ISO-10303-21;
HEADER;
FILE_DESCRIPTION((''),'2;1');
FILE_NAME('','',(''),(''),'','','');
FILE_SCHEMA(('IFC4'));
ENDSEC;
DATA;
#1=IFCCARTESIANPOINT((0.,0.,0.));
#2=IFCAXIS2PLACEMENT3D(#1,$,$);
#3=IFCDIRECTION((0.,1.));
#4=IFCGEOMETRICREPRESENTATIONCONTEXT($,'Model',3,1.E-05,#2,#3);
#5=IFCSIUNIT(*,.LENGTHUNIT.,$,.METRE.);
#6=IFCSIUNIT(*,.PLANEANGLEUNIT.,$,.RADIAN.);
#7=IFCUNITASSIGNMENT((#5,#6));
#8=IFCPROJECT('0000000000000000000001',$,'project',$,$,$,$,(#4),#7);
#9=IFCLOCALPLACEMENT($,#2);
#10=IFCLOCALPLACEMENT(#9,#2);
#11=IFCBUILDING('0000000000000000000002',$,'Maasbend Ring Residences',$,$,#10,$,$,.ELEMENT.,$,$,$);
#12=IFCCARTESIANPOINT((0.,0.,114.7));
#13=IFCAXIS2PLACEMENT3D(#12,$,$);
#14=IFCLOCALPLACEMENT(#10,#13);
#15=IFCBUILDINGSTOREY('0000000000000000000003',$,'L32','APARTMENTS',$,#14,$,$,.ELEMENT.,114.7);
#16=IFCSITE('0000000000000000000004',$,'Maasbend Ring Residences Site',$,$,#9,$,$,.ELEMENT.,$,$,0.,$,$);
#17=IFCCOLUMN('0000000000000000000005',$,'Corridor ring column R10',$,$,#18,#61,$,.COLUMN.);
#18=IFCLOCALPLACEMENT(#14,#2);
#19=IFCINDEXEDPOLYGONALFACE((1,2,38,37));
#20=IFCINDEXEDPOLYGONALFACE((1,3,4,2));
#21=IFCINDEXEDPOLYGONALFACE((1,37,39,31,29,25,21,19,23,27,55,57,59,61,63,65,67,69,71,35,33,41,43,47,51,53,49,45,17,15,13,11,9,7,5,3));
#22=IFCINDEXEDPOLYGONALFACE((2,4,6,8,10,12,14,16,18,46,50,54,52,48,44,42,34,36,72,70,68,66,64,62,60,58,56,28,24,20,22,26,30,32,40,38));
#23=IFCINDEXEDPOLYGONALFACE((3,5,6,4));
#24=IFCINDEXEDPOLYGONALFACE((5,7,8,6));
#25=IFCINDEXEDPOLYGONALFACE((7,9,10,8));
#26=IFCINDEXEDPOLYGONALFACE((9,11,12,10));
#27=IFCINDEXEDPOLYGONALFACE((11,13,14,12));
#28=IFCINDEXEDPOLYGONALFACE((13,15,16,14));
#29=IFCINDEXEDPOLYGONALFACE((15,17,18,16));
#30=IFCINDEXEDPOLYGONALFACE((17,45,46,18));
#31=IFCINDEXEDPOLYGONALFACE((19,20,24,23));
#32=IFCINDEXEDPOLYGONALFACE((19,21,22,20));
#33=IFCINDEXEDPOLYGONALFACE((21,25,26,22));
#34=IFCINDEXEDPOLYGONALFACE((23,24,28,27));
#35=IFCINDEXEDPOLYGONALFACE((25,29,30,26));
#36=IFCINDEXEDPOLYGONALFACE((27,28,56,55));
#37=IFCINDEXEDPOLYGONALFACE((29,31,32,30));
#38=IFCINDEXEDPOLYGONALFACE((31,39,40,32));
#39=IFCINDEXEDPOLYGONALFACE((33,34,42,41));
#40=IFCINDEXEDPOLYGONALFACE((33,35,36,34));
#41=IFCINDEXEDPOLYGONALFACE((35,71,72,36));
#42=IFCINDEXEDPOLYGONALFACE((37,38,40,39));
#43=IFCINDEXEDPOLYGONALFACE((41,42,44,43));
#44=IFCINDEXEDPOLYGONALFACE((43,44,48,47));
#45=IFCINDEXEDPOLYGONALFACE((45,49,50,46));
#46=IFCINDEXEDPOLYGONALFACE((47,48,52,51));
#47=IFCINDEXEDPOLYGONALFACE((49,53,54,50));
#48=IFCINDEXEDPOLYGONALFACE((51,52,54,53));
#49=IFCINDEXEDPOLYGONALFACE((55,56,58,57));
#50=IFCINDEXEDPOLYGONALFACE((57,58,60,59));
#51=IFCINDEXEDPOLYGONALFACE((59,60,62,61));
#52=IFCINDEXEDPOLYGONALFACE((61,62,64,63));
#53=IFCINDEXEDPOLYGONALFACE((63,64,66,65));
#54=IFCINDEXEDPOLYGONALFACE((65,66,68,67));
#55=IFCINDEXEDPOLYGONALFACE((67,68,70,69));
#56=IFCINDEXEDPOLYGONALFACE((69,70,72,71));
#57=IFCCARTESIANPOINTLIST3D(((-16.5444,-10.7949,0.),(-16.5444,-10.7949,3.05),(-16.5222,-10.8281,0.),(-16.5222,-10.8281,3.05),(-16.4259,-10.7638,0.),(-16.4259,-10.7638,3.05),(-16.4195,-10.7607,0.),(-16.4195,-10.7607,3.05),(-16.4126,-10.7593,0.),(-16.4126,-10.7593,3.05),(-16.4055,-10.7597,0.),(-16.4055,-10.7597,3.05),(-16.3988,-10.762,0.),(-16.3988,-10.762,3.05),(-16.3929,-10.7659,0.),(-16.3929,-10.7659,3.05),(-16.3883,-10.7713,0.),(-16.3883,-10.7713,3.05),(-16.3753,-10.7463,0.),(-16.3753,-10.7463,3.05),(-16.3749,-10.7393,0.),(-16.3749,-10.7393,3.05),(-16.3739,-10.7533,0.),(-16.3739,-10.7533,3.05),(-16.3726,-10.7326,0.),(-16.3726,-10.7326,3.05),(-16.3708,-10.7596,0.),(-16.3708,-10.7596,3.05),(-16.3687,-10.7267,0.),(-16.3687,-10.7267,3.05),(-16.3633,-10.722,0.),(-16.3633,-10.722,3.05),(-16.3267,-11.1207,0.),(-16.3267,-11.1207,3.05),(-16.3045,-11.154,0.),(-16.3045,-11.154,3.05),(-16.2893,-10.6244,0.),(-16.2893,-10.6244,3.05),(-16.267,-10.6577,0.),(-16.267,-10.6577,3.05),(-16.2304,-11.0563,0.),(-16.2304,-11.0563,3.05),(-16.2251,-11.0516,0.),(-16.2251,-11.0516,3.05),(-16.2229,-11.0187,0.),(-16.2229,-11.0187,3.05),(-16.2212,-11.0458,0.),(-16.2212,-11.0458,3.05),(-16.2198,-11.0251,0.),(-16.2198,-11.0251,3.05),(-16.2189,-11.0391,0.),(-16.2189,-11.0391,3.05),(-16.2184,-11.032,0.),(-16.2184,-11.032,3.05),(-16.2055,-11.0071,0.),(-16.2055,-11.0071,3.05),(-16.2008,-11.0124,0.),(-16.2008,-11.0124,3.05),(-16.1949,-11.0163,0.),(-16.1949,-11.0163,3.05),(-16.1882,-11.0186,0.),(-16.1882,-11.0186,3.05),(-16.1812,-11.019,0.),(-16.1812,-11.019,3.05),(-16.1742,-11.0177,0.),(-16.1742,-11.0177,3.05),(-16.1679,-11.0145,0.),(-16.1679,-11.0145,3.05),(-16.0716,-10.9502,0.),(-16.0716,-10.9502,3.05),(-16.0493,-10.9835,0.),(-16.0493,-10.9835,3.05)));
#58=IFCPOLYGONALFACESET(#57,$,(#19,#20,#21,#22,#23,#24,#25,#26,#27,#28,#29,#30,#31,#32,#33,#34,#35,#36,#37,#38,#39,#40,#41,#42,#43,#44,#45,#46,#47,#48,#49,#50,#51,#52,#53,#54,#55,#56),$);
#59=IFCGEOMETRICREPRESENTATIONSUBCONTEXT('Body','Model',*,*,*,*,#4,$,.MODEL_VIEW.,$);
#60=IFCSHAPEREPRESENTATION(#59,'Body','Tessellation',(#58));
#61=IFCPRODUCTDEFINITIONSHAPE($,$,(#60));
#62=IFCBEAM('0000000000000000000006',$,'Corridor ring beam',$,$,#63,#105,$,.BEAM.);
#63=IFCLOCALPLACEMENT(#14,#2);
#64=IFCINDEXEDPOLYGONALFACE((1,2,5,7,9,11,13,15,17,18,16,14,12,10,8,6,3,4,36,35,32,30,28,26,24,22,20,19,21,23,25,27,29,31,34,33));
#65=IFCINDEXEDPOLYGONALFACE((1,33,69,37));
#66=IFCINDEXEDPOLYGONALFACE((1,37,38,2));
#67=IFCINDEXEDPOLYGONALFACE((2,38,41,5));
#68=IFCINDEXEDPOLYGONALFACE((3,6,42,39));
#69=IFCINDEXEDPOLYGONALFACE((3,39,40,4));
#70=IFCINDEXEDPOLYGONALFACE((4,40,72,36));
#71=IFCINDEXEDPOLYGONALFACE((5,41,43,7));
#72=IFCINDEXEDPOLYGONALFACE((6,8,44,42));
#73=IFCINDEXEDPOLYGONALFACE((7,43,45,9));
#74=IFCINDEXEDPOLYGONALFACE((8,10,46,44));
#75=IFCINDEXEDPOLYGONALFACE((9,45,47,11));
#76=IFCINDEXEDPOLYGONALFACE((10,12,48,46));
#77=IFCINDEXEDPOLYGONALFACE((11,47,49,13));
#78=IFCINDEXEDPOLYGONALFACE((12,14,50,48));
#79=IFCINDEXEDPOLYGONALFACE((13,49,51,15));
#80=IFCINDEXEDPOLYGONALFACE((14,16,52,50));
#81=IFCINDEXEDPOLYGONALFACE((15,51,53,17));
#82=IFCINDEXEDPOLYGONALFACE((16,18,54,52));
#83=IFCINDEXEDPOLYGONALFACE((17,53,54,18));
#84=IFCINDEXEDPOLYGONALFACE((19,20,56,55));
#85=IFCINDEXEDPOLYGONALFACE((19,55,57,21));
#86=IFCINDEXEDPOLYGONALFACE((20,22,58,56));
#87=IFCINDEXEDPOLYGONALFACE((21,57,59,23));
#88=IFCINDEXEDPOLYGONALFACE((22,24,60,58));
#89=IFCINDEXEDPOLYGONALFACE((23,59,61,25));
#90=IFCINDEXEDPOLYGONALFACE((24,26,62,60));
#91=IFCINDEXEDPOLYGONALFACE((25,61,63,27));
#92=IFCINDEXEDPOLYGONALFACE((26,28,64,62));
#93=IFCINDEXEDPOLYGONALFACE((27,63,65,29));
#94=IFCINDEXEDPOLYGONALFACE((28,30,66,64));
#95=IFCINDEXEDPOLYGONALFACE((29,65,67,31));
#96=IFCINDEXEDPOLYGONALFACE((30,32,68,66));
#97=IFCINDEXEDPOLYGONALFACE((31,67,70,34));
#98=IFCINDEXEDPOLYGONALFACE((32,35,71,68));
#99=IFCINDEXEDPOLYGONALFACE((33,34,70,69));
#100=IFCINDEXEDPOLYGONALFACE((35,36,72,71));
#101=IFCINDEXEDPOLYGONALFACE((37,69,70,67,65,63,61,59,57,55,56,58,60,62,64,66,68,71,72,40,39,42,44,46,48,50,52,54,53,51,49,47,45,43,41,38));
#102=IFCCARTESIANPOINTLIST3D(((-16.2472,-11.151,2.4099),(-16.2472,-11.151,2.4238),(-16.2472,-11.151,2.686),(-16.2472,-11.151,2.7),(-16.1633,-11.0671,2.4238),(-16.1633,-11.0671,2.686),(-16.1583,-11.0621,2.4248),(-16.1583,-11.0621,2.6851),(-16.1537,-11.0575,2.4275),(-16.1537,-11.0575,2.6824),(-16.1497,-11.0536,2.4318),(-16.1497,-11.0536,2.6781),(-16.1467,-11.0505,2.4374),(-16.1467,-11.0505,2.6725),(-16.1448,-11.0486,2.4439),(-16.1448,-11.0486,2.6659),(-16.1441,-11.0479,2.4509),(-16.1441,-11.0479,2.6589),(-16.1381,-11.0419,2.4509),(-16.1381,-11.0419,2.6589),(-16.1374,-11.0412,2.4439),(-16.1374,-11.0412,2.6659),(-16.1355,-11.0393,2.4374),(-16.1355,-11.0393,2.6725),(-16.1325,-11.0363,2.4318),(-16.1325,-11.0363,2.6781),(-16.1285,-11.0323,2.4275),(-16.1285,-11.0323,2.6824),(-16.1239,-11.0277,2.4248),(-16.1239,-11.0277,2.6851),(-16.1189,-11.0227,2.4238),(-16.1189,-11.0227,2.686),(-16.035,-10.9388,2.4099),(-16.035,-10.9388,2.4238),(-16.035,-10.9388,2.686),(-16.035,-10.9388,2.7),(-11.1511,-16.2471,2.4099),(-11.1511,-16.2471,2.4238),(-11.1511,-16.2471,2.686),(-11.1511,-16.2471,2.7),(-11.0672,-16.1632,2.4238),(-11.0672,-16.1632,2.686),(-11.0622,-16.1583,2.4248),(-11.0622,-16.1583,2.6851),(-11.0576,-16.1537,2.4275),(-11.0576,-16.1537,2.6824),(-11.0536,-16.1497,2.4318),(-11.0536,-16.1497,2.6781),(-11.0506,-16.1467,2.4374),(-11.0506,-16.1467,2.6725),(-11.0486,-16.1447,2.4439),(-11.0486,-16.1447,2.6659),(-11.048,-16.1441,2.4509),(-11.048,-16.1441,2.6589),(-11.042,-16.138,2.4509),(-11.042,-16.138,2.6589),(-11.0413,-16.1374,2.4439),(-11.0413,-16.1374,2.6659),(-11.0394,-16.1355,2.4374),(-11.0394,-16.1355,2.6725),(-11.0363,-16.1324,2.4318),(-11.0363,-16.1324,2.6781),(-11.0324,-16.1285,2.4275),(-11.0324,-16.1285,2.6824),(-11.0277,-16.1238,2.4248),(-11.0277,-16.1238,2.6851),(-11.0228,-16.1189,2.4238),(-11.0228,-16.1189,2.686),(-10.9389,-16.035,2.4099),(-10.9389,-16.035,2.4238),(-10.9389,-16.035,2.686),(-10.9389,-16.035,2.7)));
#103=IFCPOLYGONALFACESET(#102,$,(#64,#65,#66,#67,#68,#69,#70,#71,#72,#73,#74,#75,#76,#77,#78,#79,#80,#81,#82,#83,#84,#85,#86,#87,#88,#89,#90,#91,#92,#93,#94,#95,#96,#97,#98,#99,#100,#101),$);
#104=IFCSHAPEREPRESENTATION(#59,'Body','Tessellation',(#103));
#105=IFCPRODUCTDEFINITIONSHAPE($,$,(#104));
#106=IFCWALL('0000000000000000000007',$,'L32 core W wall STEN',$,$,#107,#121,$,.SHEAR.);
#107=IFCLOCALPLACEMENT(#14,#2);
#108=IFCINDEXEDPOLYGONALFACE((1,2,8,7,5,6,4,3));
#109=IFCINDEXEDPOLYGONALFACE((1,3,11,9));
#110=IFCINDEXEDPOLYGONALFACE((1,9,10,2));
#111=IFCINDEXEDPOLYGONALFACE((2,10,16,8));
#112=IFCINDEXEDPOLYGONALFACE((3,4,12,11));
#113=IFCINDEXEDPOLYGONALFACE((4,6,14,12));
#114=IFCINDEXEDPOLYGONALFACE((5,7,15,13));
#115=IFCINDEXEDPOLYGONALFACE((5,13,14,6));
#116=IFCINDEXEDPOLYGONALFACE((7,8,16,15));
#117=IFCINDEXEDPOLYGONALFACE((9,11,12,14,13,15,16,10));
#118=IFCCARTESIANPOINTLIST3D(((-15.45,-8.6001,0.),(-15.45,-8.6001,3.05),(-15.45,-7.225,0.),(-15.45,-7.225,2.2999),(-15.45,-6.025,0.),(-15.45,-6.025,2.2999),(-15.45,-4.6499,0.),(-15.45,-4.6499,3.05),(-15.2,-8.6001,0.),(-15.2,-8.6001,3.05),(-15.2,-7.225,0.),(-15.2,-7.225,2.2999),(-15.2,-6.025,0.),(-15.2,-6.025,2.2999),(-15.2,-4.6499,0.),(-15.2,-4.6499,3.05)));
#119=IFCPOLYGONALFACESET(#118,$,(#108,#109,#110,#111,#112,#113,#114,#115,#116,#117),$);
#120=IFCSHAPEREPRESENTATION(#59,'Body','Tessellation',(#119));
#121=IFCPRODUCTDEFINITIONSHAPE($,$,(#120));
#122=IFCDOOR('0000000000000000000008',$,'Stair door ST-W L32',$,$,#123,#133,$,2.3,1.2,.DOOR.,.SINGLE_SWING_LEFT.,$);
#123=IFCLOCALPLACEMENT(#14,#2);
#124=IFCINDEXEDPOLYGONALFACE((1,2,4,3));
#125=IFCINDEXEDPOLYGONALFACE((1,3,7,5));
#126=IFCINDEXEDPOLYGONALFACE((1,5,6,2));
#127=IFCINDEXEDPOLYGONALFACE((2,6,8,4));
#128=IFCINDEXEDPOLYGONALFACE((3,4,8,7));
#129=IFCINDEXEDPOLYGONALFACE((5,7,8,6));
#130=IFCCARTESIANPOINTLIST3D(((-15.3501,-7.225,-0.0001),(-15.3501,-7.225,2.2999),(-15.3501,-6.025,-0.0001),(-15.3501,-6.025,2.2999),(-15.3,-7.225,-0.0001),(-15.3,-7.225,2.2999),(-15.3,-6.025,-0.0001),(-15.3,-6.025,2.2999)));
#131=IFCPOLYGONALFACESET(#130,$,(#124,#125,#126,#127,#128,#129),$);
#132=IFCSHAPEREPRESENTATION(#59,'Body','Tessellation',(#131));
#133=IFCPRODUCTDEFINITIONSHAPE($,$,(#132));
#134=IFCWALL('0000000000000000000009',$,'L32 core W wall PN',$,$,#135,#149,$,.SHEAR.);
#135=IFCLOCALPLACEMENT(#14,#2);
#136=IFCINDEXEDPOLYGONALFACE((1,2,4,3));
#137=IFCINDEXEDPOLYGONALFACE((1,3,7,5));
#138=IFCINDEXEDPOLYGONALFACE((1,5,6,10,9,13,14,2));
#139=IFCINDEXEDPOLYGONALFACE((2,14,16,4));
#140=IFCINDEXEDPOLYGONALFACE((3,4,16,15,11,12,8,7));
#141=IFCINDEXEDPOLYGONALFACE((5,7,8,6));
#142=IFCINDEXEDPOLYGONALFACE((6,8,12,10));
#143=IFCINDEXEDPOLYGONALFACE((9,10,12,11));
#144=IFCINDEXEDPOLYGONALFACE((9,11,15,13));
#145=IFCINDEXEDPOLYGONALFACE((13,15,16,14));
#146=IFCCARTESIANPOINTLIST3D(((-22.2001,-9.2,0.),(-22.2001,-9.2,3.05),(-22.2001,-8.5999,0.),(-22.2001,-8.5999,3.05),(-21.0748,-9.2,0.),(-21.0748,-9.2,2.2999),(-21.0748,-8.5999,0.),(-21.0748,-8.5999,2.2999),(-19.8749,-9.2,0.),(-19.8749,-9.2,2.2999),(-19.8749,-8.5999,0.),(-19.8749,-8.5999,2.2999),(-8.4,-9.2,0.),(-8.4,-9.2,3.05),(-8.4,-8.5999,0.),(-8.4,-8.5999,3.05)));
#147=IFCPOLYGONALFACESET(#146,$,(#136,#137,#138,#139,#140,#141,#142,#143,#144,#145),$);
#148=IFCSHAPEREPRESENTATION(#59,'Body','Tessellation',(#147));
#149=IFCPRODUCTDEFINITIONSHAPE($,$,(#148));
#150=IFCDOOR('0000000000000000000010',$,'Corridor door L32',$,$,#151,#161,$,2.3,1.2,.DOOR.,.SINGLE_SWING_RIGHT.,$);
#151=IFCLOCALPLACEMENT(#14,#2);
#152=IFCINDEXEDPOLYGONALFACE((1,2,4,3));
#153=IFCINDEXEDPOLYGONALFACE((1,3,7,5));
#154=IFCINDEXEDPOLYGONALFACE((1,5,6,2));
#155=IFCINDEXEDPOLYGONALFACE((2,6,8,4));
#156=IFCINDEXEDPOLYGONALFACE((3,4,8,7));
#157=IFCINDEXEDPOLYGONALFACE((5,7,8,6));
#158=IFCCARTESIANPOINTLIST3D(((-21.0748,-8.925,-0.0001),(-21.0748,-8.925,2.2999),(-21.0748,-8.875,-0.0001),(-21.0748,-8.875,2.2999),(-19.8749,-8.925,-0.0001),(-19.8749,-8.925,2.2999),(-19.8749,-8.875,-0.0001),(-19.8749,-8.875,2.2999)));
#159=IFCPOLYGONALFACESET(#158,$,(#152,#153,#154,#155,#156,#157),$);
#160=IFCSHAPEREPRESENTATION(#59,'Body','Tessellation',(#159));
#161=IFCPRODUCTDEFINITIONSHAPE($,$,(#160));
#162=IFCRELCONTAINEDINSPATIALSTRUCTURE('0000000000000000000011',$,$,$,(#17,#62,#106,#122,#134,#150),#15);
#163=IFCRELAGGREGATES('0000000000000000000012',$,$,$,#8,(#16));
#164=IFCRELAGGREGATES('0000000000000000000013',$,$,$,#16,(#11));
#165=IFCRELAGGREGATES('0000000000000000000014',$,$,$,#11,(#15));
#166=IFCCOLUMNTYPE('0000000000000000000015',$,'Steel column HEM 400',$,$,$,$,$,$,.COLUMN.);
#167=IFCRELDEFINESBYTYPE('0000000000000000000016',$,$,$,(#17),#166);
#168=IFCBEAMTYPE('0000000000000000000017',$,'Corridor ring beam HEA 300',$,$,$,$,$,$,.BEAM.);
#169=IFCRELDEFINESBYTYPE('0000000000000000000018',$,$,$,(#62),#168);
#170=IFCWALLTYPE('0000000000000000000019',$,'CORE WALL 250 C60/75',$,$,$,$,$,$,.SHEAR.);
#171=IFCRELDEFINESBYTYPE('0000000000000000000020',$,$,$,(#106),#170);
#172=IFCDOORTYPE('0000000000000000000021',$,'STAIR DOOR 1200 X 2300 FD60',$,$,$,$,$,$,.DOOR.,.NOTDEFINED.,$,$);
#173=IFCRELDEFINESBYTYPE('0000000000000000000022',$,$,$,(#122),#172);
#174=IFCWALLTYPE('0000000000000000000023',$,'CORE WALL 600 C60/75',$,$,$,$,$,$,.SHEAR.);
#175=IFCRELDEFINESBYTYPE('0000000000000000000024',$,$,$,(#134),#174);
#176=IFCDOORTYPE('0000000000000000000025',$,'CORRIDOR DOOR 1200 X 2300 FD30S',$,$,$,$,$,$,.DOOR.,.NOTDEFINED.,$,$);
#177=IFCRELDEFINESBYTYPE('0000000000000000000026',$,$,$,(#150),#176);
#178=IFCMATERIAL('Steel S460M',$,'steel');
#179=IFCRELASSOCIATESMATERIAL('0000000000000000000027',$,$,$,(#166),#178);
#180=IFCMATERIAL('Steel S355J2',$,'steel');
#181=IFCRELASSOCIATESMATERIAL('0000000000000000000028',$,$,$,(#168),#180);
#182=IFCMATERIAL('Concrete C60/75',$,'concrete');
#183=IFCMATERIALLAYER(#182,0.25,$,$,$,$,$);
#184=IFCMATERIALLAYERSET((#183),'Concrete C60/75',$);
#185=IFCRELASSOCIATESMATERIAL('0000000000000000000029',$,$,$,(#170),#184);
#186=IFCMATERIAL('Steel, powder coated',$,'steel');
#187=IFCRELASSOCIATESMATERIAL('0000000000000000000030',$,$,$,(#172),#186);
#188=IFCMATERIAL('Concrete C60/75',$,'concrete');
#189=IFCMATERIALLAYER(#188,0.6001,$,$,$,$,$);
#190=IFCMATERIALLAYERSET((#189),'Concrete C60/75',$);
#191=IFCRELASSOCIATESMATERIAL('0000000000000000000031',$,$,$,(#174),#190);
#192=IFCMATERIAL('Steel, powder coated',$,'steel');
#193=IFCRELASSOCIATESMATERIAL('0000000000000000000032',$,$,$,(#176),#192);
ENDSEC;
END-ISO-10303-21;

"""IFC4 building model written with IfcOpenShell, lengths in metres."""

from ifc_helpers import new_model, si_unit, direction, frame, frame_2d, origin, origin_2d, place, context, subcontext, project, spatial, rectangle, i_section, extrude, material, layer, layer_set, material_profile, profile_set, type_object, element, fill, save


model = new_model("IFC4")

# Units and contexts
model_context = context("Model", 3, precision=1e-05, world=origin(), true_north=direction((0.0, 1.0)))
body_context = subcontext(model_context, "Body", "Model", "MODEL_VIEW")
ifc_project = project(units=[si_unit("LENGTHUNIT", "METRE"), si_unit("PLANEANGLEUNIT", "RADIAN")], contexts=[model_context])

# Site, building, storey
site_placement = place(None, origin())
site = spatial("IfcSite", under=ifc_project, at=site_placement, Name="Maasbend Ring Residences Site", CompositionType="ELEMENT", RefElevation=0.0)
building_placement = place(site_placement, origin())
building = spatial("IfcBuilding", under=site, at=building_placement, Name="Maasbend Ring Residences", CompositionType="ELEMENT")
storey_placement = place(building_placement, frame((0.0, 0.0, 114.7)))
storey = spatial("IfcBuildingStorey", under=building, at=storey_placement, Name="L32", Description="APARTMENTS", CompositionType="ELEMENT", Elevation=114.7)

# Column
ifc_material_1 = material(Name="Steel S460M", Category="steel")
ifc_material_profile_1 = material_profile(ifc_material_1, i_section(OverallWidth=0.3069, OverallDepth=0.4319, WebThickness=0.021, FlangeThickness=0.04, FilletRadius=0.0271, at=origin_2d()), Name="HEM 400")
ifc_profile_set_1 = profile_set([ifc_material_profile_1], Name="Steel S460M")
column_type = type_object("IfcColumnType", Name="Steel column HEM 400", PredefinedType="COLUMN", material=ifc_profile_set_1)
column_placement = place(storey_placement, frame((-16.2969, -10.8892, 0.0), z_axis=(0.0, 0.0, 1.0), x_axis=(-0.83147, -0.55557, 0.0)))
element("IfcColumn", 1, at=column_placement, inside=storey, type_object=column_type, Name="Corridor ring column R10", PredefinedType="COLUMN", context=body_context, shape_type="SweptSolid", body=[
    extrude(i_section(OverallWidth=0.3069, OverallDepth=0.4319, WebThickness=0.021, FlangeThickness=0.04, FilletRadius=0.0271, at=origin_2d()), origin(), (0.0, 0.0, 1.0), 3.05),
])

# Beam
ifc_material_2 = material(Name="Steel S355J2", Category="steel")
ifc_material_profile_2 = material_profile(ifc_material_2, i_section(OverallWidth=0.3, OverallDepth=0.29, WebThickness=0.0085, FlangeThickness=0.0139, FilletRadius=0.0271, at=origin_2d()), Name="HEA 300")
ifc_profile_set_2 = profile_set([ifc_material_profile_2], Name="Steel S355J2")
beam_type = type_object("IfcBeamType", Name="Corridor ring beam HEA 300", PredefinedType="BEAM", material=ifc_profile_set_2)
beam_placement = place(storey_placement, frame((-16.1411, -11.0449, 2.5549), z_axis=(0.707107, -0.707107, 0.0), x_axis=(0.707107, 0.707107, 0.0)))
element("IfcBeam", 2, at=beam_placement, inside=storey, type_object=beam_type, Name="Corridor ring beam", PredefinedType="BEAM", context=body_context, shape_type="SweptSolid", body=[
    extrude(i_section(OverallWidth=0.3, OverallDepth=0.29, WebThickness=0.0085, FlangeThickness=0.0139, FilletRadius=0.0271, at=origin_2d()), origin(), (0.0, 0.0, 1.0), 7.207),
])

# Walls, openings, doors
ifc_material_3 = material(Name="Concrete C60/75", Category="concrete")
ifc_layer_1 = layer(ifc_material_3, 0.25)
ifc_layer_set_1 = layer_set([ifc_layer_1], Name="Concrete C60/75")
wall_type_1 = type_object("IfcWallType", Name="CORE WALL 250 C60/75", PredefinedType="SHEAR", material=ifc_layer_set_1)
wall_1_placement = place(storey_placement, frame((-15.325, -4.6499, 0.0), z_axis=(0.0, 0.0, 1.0), x_axis=(0.0, -1.0, 0.0)))
wall_1 = element("IfcWall", 3, at=wall_1_placement, inside=storey, type_object=wall_type_1, Name="L32 core W wall STEN", PredefinedType="SHEAR", context=body_context, shape_type="SweptSolid", body=[
    extrude(rectangle(XDim=3.9502, YDim=0.25, at=frame_2d((1.9751, 0.0))), origin(), (0.0, 0.0, 1.0), 3.05),
])
opening_1_placement = place(wall_1_placement, frame((1.375, 0.0, 0.0)))
opening_1 = element("IfcOpeningElement", 4, at=opening_1_placement, cuts=wall_1, PredefinedType="OPENING", context=body_context, shape_type="SweptSolid", body=[
    extrude(rectangle(XDim=1.2, YDim=2.3, at=frame_2d((0.6001, 1.1499))), frame((0.0, 0.135, 0.0), z_axis=(0.0, -1.0, 0.0), x_axis=(1.0, 0.0, 0.0)), (0.0, 0.0, 1.0), 0.27),
])
ifc_material_4 = material(Name="Steel, powder coated", Category="steel")
door_type_1 = type_object("IfcDoorType", Name="STAIR DOOR 1200 X 2300 FD60", OperationType="NOTDEFINED", PredefinedType="DOOR", material=ifc_material_4)
door_1_placement = place(opening_1_placement, origin())
door_1 = element("IfcDoor", 5, at=door_1_placement, inside=storey, type_object=door_type_1, Name="Stair door ST-W L32", OperationType="SINGLE_SWING_LEFT", OverallHeight=2.3, OverallWidth=1.2, PredefinedType="DOOR", context=body_context, shape_type="SweptSolid", body=[
    extrude(rectangle(XDim=1.2, YDim=2.3, at=frame_2d((0.6001, 1.1499))), frame((0.0, 0.0249, 0.0), z_axis=(0.0, -1.0, 0.0), x_axis=(1.0, 0.0, 0.0)), (0.0, 0.0, 1.0), 0.05),
])
fill(opening_1, door_1)
ifc_material_5 = material(Name="Concrete C60/75", Category="concrete")
ifc_layer_2 = layer(ifc_material_5, 0.6001)
ifc_layer_set_2 = layer_set([ifc_layer_2], Name="Concrete C60/75")
wall_type_2 = type_object("IfcWallType", Name="CORE WALL 600 C60/75", PredefinedType="SHEAR", material=ifc_layer_set_2)
wall_2_placement = place(storey_placement, frame((-22.2, -8.8999, 0.0), z_axis=(0.0, 0.0, 1.0), x_axis=(1.0, 0.0, 0.0)))
wall_2 = element("IfcWall", 6, at=wall_2_placement, inside=storey, type_object=wall_type_2, Name="L32 core W wall PN", PredefinedType="SHEAR", context=body_context, shape_type="SweptSolid", body=[
    extrude(rectangle(XDim=13.8, YDim=0.6001, at=frame_2d((6.8999, 0.0))), origin(), (0.0, 0.0, 1.0), 3.05),
])
opening_2_placement = place(wall_2_placement, frame((1.125, 0.0, 0.0)))
opening_2 = element("IfcOpeningElement", 7, at=opening_2_placement, cuts=wall_2, PredefinedType="OPENING", context=body_context, shape_type="SweptSolid", body=[
    extrude(rectangle(XDim=1.2, YDim=2.3, at=frame_2d((0.6001, 1.1499))), frame((0.0, 0.3101, 0.0), z_axis=(0.0, -1.0, 0.0), x_axis=(1.0, 0.0, 0.0)), (0.0, 0.0, 1.0), 0.6201),
])
ifc_material_6 = material(Name="Steel, powder coated", Category="steel")
door_type_2 = type_object("IfcDoorType", Name="CORRIDOR DOOR 1200 X 2300 FD30S", OperationType="NOTDEFINED", PredefinedType="DOOR", material=ifc_material_6)
door_2_placement = place(opening_2_placement, origin())
door_2 = element("IfcDoor", 8, at=door_2_placement, inside=storey, type_object=door_type_2, Name="Corridor door L32", OperationType="SINGLE_SWING_RIGHT", OverallHeight=2.3, OverallWidth=1.2, PredefinedType="DOOR", context=body_context, shape_type="SweptSolid", body=[
    extrude(rectangle(XDim=1.2, YDim=2.3, at=frame_2d((0.6001, 1.1499))), frame((0.0, 0.0249, 0.0), z_axis=(0.0, -1.0, 0.0), x_axis=(1.0, 0.0, 0.0)), (0.0, 0.0, 1.0), 0.05),
])
fill(opening_2, door_2)

save(model, "model.ifc")
